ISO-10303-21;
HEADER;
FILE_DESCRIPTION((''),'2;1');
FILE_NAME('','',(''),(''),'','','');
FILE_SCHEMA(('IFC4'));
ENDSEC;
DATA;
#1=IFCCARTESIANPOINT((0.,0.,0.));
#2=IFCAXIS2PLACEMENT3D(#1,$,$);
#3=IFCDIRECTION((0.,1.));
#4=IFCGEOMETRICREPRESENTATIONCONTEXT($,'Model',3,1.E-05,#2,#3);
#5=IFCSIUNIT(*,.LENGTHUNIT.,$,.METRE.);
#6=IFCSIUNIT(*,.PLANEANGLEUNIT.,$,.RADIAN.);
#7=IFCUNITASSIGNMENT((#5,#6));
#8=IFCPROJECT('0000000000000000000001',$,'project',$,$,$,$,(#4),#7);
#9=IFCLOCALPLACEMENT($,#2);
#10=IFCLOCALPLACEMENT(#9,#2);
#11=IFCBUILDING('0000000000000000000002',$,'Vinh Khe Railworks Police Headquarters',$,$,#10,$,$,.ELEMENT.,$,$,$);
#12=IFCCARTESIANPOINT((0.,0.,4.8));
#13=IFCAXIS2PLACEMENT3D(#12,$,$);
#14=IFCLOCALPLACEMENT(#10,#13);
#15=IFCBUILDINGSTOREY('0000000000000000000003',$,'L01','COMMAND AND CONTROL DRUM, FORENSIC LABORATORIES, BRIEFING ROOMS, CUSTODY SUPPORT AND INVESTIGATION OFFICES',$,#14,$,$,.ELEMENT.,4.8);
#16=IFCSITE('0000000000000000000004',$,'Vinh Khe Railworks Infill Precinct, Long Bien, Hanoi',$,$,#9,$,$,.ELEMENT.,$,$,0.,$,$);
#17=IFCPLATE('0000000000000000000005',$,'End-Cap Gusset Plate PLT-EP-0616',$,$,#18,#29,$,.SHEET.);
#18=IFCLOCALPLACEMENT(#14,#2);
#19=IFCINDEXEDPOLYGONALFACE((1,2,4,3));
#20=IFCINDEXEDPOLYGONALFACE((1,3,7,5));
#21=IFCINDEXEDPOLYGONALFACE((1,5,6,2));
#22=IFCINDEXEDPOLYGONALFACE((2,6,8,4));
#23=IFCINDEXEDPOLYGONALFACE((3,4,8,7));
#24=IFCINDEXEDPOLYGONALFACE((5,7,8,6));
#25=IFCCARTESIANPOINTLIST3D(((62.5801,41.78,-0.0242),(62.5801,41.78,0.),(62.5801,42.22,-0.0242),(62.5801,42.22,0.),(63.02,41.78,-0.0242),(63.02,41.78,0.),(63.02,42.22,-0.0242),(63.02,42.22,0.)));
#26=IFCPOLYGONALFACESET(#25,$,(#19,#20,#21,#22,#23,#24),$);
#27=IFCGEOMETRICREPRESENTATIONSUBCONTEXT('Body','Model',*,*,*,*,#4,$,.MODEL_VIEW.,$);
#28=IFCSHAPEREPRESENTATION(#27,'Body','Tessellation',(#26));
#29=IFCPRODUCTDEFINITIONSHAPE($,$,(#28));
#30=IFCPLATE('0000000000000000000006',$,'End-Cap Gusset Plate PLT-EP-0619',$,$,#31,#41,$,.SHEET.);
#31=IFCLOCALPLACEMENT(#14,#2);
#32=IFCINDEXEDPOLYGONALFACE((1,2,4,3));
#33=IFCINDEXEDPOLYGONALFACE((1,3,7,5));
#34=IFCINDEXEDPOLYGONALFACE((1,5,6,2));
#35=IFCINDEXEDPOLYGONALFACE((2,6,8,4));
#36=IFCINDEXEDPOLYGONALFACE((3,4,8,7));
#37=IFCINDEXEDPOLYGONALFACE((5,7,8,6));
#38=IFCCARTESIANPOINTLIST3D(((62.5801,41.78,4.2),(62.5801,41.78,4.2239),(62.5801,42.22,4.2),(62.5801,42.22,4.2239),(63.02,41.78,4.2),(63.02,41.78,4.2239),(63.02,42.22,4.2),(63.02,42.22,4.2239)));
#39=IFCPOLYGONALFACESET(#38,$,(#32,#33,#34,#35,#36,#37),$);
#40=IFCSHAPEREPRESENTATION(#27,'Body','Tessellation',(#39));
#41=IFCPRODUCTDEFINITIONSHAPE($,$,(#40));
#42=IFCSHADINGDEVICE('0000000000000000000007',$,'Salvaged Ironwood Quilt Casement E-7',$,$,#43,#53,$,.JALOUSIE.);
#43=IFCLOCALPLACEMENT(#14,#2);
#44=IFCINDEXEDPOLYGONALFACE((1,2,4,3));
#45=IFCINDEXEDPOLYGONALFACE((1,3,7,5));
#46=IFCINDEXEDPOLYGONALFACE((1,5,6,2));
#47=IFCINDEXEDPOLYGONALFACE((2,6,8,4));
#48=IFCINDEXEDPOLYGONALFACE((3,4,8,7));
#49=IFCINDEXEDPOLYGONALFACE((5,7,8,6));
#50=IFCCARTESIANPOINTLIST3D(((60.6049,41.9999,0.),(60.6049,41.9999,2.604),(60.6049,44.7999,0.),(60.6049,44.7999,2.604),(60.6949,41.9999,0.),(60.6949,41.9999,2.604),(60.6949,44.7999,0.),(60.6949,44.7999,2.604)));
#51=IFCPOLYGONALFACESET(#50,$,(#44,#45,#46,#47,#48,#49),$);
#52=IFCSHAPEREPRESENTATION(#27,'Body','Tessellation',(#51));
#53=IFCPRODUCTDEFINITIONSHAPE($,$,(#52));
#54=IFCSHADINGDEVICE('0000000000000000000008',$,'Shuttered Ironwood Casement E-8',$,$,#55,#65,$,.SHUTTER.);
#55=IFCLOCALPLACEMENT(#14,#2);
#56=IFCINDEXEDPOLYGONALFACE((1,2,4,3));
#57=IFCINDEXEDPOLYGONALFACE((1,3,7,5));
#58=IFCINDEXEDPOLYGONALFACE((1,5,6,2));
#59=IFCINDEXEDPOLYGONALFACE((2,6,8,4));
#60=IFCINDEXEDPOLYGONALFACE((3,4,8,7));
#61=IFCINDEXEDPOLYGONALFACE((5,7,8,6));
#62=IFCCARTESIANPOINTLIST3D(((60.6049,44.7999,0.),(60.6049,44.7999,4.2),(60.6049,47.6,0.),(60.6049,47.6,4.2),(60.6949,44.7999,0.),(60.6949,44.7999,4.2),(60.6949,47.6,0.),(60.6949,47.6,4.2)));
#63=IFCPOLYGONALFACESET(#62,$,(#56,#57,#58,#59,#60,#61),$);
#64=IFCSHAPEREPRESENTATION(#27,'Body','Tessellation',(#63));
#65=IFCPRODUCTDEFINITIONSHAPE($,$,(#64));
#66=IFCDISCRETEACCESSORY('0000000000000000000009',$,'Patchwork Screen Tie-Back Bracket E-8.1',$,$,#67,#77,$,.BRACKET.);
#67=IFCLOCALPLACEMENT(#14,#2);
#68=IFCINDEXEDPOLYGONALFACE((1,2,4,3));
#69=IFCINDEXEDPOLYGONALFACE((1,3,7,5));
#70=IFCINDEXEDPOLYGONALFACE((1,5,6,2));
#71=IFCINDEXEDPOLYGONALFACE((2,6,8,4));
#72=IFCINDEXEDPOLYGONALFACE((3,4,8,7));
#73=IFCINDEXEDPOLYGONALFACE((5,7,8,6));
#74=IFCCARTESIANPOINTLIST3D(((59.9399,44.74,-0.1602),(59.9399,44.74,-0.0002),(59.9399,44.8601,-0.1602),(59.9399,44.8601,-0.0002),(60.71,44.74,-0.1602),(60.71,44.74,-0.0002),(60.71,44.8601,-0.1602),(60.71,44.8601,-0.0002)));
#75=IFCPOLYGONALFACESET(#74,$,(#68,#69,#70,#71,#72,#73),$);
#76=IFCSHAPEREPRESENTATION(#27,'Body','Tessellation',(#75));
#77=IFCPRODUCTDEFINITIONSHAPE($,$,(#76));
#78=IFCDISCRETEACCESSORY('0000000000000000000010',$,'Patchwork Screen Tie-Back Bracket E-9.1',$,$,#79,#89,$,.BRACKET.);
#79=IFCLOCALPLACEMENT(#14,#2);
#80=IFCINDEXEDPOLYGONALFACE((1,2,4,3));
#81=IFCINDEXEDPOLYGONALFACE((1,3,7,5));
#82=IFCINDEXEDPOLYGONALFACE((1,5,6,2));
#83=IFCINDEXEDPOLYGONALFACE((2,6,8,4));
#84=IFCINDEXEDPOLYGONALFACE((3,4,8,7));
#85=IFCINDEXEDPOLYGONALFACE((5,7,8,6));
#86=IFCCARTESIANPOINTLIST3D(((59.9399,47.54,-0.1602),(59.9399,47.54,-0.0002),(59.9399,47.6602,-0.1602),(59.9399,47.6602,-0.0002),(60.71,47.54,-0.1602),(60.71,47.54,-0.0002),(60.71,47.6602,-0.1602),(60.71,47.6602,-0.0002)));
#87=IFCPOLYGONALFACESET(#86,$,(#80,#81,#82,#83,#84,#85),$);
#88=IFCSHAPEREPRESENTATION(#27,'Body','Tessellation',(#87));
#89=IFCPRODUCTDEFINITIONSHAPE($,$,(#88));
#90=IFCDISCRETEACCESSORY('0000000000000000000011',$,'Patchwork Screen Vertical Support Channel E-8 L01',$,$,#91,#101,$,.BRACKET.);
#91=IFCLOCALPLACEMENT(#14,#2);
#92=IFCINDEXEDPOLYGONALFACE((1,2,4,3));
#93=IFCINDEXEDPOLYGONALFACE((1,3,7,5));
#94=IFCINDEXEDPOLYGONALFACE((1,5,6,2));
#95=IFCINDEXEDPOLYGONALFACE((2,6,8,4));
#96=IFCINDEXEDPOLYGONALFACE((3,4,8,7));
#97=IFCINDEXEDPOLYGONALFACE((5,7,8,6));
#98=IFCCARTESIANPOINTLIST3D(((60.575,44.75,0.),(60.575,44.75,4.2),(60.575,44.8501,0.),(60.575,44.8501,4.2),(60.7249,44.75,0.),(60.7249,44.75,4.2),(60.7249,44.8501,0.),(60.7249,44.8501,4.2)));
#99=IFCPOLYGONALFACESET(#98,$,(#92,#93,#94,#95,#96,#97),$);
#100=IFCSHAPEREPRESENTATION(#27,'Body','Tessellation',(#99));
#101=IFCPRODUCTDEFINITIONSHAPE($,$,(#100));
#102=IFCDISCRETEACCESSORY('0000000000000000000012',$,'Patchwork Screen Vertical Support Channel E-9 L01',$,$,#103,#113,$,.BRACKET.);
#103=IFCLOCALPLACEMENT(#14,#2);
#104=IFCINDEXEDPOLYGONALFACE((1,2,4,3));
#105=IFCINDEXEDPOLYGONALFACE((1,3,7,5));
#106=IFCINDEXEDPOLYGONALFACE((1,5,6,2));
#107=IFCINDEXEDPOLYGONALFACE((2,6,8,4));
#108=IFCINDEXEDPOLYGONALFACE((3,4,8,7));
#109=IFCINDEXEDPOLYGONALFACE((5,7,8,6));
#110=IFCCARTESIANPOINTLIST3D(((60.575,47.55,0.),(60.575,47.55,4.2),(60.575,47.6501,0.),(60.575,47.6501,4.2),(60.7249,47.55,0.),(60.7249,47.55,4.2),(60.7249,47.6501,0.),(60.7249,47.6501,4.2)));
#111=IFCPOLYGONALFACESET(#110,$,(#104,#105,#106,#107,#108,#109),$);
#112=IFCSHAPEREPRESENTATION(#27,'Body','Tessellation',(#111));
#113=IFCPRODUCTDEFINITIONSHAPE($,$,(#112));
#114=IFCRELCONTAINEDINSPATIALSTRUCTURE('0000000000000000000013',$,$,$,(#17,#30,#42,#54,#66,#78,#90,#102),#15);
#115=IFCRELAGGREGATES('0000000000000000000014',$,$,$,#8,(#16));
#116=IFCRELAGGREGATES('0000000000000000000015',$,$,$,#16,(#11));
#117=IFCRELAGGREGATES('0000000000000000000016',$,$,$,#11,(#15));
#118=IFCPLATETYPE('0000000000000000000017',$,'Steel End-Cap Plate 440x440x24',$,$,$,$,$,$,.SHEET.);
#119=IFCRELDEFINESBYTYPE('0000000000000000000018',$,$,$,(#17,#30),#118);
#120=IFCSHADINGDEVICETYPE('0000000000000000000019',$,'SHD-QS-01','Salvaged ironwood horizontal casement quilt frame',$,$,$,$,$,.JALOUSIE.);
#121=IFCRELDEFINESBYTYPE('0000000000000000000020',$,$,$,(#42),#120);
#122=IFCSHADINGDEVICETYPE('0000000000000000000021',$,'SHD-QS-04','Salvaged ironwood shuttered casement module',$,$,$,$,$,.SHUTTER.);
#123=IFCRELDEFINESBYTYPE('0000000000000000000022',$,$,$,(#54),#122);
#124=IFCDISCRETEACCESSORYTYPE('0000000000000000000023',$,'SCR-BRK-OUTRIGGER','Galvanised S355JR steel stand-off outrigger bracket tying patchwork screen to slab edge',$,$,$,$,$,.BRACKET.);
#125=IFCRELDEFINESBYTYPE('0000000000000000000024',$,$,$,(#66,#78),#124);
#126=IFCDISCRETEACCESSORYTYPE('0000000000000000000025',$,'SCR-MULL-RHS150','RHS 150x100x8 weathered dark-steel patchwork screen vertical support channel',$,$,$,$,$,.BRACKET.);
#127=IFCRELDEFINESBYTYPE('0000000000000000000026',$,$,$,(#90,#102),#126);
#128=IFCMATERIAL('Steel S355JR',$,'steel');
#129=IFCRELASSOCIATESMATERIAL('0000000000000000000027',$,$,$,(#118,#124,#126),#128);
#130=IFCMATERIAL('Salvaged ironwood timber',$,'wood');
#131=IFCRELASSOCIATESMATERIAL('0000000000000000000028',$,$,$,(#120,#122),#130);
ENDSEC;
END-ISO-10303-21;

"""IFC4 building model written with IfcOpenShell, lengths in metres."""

from ifc_helpers import new_model, si_unit, direction, frame, origin, origin_2d, place, context, subcontext, project, spatial, rectangle, extrude, material, material_profile, profile_set, type_object, element, save


model = new_model("IFC4")

# Units and contexts
model_context = context("Model", 3, precision=1e-05, world=origin(), true_north=direction((0.0, 1.0)))
body_context = subcontext(model_context, "Body", "Model", "MODEL_VIEW")
ifc_project = project(units=[si_unit("LENGTHUNIT", "METRE"), si_unit("PLANEANGLEUNIT", "RADIAN")], contexts=[model_context])

# Site, building, storey
site_placement = place(None, origin())
site = spatial("IfcSite", under=ifc_project, at=site_placement, Name="Vinh Khe Railworks Infill Precinct, Long Bien, Hanoi", CompositionType="ELEMENT", RefElevation=0.0)
building_placement = place(site_placement, origin())
building = spatial("IfcBuilding", under=site, at=building_placement, Name="Vinh Khe Railworks Police Headquarters", CompositionType="ELEMENT")
storey_placement = place(building_placement, frame((0.0, 0.0, 4.8)))
storey = spatial("IfcBuildingStorey", under=building, at=storey_placement, Name="L01", Description="COMMAND AND CONTROL DRUM, FORENSIC LABORATORIES, BRIEFING ROOMS, CUSTODY SUPPORT AND INVESTIGATION OFFICES", CompositionType="ELEMENT", Elevation=4.8)

# Shared definitions
ifc_material_1 = material(Name="Steel S355JR", Category="steel")

# Shared definitions
ifc_material_2 = material(Name="Salvaged ironwood timber", Category="wood")

# Plates
ifc_material_profile_1 = material_profile(ifc_material_1, rectangle(XDim=0.4399, YDim=0.4399, at=origin_2d()), Name="PL 440x440")
ifc_profile_set_1 = profile_set([ifc_material_profile_1], Name="Steel S355JR")
plate_type_1 = type_object("IfcPlateType", Name="Steel End-Cap Plate 440x440x24", PredefinedType="SHEET", material=ifc_profile_set_1)
plate_1_placement = place(storey_placement, frame((62.8, 42.0, 0.0), z_axis=(0.0, 0.0, -1.0), x_axis=(1.0, 0.0, 0.0)))
element("IfcPlate", 1, at=plate_1_placement, inside=storey, type_object=plate_type_1, Name="End-Cap Gusset Plate PLT-EP-0616", PredefinedType="SHEET", context=body_context, shape_type="SweptSolid", body=[
    extrude(rectangle(XDim=0.4399, YDim=0.4399, at=origin_2d()), origin(), (0.0, 0.0, 1.0), 0.0242),
])
plate_2_placement = place(storey_placement, frame((62.8, 42.0, 4.2), z_axis=(0.0, 0.0, 1.0), x_axis=(1.0, 0.0, 0.0)))
element("IfcPlate", 2, at=plate_2_placement, inside=storey, type_object=plate_type_1, Name="End-Cap Gusset Plate PLT-EP-0619", PredefinedType="SHEET", context=body_context, shape_type="SweptSolid", body=[
    extrude(rectangle(XDim=0.4399, YDim=0.4399, at=origin_2d()), origin(), (0.0, 0.0, 1.0), 0.0239),
])

# Shading devices
shading_device_type_1 = type_object("IfcShadingDeviceType", Name="SHD-QS-01", Description="Salvaged ironwood horizontal casement quilt frame", PredefinedType="JALOUSIE", material=ifc_material_2)
shading_device_1_placement = place(storey_placement, frame((60.6499, 43.3999, 0.0), z_axis=(0.0, 0.0, 1.0), x_axis=(0.0, 1.0, 0.0)))
element("IfcShadingDevice", 3, at=shading_device_1_placement, inside=storey, type_object=shading_device_type_1, Name="Salvaged Ironwood Quilt Casement E-7", PredefinedType="JALOUSIE", context=body_context, shape_type="SweptSolid", body=[
    extrude(rectangle(XDim=2.8, YDim=0.0901, at=origin_2d()), origin(), (0.0, 0.0, 1.0), 2.604),
])
shading_device_type_2 = type_object("IfcShadingDeviceType", Name="SHD-QS-04", Description="Salvaged ironwood shuttered casement module", PredefinedType="SHUTTER", material=ifc_material_2)
shading_device_2_placement = place(storey_placement, frame((60.6499, 46.2, 0.0), z_axis=(0.0, 0.0, 1.0), x_axis=(0.0, 1.0, 0.0)))
element("IfcShadingDevice", 4, at=shading_device_2_placement, inside=storey, type_object=shading_device_type_2, Name="Shuttered Ironwood Casement E-8", PredefinedType="SHUTTER", context=body_context, shape_type="SweptSolid", body=[
    extrude(rectangle(XDim=2.8, YDim=0.0901, at=origin_2d()), origin(), (0.0, 0.0, 1.0), 4.2),
])

# Discrete accessories
discrete_accessory_type_1 = type_object("IfcDiscreteAccessoryType", Name="SCR-BRK-OUTRIGGER", Description="Galvanised S355JR steel stand-off outrigger bracket tying patchwork screen to slab edge", PredefinedType="BRACKET", material=ifc_material_1)
for number, where, z_axis, x_axis, name in (
    (5, (60.325, 44.8, -0.1602), (0.0, 0.0, 1.0), (1.0, 0.0, 0.0), "Patchwork Screen Tie-Back Bracket E-8.1"),
    (6, (60.325, 47.6001, -0.1602), (0.0, 0.0, 1.0), (1.0, 0.0, 0.0), "Patchwork Screen Tie-Back Bracket E-9.1"),
):
    element("IfcDiscreteAccessory", number, at=place(storey_placement, frame(where, z_axis=z_axis, x_axis=x_axis)), inside=storey, type_object=discrete_accessory_type_1, Name=name, PredefinedType="BRACKET", context=body_context, shape_type="SweptSolid", body=[
        extrude(rectangle(XDim=0.77, YDim=0.1201, at=origin_2d()), origin(), (0.0, 0.0, 1.0), 0.1599),
    ])
discrete_accessory_type_2 = type_object("IfcDiscreteAccessoryType", Name="SCR-MULL-RHS150", Description="RHS 150x100x8 weathered dark-steel patchwork screen vertical support channel", PredefinedType="BRACKET", material=ifc_material_1)
for number, where, z_axis, x_axis, name in (
    (7, (60.6499, 44.8, 0.0), (0.0, 0.0, 1.0), (1.0, 0.0, 0.0), "Patchwork Screen Vertical Support Channel E-8 L01"),
    (8, (60.6499, 47.6001, 0.0), (0.0, 0.0, 1.0), (1.0, 0.0, 0.0), "Patchwork Screen Vertical Support Channel E-9 L01"),
):
    element("IfcDiscreteAccessory", number, at=place(storey_placement, frame(where, z_axis=z_axis, x_axis=x_axis)), inside=storey, type_object=discrete_accessory_type_2, Name=name, PredefinedType="BRACKET", context=body_context, shape_type="SweptSolid", body=[
        extrude(rectangle(XDim=0.1499, YDim=0.1001, at=origin_2d()), origin(), (0.0, 0.0, 1.0), 4.2),
    ])

save(model, "model.ifc")
